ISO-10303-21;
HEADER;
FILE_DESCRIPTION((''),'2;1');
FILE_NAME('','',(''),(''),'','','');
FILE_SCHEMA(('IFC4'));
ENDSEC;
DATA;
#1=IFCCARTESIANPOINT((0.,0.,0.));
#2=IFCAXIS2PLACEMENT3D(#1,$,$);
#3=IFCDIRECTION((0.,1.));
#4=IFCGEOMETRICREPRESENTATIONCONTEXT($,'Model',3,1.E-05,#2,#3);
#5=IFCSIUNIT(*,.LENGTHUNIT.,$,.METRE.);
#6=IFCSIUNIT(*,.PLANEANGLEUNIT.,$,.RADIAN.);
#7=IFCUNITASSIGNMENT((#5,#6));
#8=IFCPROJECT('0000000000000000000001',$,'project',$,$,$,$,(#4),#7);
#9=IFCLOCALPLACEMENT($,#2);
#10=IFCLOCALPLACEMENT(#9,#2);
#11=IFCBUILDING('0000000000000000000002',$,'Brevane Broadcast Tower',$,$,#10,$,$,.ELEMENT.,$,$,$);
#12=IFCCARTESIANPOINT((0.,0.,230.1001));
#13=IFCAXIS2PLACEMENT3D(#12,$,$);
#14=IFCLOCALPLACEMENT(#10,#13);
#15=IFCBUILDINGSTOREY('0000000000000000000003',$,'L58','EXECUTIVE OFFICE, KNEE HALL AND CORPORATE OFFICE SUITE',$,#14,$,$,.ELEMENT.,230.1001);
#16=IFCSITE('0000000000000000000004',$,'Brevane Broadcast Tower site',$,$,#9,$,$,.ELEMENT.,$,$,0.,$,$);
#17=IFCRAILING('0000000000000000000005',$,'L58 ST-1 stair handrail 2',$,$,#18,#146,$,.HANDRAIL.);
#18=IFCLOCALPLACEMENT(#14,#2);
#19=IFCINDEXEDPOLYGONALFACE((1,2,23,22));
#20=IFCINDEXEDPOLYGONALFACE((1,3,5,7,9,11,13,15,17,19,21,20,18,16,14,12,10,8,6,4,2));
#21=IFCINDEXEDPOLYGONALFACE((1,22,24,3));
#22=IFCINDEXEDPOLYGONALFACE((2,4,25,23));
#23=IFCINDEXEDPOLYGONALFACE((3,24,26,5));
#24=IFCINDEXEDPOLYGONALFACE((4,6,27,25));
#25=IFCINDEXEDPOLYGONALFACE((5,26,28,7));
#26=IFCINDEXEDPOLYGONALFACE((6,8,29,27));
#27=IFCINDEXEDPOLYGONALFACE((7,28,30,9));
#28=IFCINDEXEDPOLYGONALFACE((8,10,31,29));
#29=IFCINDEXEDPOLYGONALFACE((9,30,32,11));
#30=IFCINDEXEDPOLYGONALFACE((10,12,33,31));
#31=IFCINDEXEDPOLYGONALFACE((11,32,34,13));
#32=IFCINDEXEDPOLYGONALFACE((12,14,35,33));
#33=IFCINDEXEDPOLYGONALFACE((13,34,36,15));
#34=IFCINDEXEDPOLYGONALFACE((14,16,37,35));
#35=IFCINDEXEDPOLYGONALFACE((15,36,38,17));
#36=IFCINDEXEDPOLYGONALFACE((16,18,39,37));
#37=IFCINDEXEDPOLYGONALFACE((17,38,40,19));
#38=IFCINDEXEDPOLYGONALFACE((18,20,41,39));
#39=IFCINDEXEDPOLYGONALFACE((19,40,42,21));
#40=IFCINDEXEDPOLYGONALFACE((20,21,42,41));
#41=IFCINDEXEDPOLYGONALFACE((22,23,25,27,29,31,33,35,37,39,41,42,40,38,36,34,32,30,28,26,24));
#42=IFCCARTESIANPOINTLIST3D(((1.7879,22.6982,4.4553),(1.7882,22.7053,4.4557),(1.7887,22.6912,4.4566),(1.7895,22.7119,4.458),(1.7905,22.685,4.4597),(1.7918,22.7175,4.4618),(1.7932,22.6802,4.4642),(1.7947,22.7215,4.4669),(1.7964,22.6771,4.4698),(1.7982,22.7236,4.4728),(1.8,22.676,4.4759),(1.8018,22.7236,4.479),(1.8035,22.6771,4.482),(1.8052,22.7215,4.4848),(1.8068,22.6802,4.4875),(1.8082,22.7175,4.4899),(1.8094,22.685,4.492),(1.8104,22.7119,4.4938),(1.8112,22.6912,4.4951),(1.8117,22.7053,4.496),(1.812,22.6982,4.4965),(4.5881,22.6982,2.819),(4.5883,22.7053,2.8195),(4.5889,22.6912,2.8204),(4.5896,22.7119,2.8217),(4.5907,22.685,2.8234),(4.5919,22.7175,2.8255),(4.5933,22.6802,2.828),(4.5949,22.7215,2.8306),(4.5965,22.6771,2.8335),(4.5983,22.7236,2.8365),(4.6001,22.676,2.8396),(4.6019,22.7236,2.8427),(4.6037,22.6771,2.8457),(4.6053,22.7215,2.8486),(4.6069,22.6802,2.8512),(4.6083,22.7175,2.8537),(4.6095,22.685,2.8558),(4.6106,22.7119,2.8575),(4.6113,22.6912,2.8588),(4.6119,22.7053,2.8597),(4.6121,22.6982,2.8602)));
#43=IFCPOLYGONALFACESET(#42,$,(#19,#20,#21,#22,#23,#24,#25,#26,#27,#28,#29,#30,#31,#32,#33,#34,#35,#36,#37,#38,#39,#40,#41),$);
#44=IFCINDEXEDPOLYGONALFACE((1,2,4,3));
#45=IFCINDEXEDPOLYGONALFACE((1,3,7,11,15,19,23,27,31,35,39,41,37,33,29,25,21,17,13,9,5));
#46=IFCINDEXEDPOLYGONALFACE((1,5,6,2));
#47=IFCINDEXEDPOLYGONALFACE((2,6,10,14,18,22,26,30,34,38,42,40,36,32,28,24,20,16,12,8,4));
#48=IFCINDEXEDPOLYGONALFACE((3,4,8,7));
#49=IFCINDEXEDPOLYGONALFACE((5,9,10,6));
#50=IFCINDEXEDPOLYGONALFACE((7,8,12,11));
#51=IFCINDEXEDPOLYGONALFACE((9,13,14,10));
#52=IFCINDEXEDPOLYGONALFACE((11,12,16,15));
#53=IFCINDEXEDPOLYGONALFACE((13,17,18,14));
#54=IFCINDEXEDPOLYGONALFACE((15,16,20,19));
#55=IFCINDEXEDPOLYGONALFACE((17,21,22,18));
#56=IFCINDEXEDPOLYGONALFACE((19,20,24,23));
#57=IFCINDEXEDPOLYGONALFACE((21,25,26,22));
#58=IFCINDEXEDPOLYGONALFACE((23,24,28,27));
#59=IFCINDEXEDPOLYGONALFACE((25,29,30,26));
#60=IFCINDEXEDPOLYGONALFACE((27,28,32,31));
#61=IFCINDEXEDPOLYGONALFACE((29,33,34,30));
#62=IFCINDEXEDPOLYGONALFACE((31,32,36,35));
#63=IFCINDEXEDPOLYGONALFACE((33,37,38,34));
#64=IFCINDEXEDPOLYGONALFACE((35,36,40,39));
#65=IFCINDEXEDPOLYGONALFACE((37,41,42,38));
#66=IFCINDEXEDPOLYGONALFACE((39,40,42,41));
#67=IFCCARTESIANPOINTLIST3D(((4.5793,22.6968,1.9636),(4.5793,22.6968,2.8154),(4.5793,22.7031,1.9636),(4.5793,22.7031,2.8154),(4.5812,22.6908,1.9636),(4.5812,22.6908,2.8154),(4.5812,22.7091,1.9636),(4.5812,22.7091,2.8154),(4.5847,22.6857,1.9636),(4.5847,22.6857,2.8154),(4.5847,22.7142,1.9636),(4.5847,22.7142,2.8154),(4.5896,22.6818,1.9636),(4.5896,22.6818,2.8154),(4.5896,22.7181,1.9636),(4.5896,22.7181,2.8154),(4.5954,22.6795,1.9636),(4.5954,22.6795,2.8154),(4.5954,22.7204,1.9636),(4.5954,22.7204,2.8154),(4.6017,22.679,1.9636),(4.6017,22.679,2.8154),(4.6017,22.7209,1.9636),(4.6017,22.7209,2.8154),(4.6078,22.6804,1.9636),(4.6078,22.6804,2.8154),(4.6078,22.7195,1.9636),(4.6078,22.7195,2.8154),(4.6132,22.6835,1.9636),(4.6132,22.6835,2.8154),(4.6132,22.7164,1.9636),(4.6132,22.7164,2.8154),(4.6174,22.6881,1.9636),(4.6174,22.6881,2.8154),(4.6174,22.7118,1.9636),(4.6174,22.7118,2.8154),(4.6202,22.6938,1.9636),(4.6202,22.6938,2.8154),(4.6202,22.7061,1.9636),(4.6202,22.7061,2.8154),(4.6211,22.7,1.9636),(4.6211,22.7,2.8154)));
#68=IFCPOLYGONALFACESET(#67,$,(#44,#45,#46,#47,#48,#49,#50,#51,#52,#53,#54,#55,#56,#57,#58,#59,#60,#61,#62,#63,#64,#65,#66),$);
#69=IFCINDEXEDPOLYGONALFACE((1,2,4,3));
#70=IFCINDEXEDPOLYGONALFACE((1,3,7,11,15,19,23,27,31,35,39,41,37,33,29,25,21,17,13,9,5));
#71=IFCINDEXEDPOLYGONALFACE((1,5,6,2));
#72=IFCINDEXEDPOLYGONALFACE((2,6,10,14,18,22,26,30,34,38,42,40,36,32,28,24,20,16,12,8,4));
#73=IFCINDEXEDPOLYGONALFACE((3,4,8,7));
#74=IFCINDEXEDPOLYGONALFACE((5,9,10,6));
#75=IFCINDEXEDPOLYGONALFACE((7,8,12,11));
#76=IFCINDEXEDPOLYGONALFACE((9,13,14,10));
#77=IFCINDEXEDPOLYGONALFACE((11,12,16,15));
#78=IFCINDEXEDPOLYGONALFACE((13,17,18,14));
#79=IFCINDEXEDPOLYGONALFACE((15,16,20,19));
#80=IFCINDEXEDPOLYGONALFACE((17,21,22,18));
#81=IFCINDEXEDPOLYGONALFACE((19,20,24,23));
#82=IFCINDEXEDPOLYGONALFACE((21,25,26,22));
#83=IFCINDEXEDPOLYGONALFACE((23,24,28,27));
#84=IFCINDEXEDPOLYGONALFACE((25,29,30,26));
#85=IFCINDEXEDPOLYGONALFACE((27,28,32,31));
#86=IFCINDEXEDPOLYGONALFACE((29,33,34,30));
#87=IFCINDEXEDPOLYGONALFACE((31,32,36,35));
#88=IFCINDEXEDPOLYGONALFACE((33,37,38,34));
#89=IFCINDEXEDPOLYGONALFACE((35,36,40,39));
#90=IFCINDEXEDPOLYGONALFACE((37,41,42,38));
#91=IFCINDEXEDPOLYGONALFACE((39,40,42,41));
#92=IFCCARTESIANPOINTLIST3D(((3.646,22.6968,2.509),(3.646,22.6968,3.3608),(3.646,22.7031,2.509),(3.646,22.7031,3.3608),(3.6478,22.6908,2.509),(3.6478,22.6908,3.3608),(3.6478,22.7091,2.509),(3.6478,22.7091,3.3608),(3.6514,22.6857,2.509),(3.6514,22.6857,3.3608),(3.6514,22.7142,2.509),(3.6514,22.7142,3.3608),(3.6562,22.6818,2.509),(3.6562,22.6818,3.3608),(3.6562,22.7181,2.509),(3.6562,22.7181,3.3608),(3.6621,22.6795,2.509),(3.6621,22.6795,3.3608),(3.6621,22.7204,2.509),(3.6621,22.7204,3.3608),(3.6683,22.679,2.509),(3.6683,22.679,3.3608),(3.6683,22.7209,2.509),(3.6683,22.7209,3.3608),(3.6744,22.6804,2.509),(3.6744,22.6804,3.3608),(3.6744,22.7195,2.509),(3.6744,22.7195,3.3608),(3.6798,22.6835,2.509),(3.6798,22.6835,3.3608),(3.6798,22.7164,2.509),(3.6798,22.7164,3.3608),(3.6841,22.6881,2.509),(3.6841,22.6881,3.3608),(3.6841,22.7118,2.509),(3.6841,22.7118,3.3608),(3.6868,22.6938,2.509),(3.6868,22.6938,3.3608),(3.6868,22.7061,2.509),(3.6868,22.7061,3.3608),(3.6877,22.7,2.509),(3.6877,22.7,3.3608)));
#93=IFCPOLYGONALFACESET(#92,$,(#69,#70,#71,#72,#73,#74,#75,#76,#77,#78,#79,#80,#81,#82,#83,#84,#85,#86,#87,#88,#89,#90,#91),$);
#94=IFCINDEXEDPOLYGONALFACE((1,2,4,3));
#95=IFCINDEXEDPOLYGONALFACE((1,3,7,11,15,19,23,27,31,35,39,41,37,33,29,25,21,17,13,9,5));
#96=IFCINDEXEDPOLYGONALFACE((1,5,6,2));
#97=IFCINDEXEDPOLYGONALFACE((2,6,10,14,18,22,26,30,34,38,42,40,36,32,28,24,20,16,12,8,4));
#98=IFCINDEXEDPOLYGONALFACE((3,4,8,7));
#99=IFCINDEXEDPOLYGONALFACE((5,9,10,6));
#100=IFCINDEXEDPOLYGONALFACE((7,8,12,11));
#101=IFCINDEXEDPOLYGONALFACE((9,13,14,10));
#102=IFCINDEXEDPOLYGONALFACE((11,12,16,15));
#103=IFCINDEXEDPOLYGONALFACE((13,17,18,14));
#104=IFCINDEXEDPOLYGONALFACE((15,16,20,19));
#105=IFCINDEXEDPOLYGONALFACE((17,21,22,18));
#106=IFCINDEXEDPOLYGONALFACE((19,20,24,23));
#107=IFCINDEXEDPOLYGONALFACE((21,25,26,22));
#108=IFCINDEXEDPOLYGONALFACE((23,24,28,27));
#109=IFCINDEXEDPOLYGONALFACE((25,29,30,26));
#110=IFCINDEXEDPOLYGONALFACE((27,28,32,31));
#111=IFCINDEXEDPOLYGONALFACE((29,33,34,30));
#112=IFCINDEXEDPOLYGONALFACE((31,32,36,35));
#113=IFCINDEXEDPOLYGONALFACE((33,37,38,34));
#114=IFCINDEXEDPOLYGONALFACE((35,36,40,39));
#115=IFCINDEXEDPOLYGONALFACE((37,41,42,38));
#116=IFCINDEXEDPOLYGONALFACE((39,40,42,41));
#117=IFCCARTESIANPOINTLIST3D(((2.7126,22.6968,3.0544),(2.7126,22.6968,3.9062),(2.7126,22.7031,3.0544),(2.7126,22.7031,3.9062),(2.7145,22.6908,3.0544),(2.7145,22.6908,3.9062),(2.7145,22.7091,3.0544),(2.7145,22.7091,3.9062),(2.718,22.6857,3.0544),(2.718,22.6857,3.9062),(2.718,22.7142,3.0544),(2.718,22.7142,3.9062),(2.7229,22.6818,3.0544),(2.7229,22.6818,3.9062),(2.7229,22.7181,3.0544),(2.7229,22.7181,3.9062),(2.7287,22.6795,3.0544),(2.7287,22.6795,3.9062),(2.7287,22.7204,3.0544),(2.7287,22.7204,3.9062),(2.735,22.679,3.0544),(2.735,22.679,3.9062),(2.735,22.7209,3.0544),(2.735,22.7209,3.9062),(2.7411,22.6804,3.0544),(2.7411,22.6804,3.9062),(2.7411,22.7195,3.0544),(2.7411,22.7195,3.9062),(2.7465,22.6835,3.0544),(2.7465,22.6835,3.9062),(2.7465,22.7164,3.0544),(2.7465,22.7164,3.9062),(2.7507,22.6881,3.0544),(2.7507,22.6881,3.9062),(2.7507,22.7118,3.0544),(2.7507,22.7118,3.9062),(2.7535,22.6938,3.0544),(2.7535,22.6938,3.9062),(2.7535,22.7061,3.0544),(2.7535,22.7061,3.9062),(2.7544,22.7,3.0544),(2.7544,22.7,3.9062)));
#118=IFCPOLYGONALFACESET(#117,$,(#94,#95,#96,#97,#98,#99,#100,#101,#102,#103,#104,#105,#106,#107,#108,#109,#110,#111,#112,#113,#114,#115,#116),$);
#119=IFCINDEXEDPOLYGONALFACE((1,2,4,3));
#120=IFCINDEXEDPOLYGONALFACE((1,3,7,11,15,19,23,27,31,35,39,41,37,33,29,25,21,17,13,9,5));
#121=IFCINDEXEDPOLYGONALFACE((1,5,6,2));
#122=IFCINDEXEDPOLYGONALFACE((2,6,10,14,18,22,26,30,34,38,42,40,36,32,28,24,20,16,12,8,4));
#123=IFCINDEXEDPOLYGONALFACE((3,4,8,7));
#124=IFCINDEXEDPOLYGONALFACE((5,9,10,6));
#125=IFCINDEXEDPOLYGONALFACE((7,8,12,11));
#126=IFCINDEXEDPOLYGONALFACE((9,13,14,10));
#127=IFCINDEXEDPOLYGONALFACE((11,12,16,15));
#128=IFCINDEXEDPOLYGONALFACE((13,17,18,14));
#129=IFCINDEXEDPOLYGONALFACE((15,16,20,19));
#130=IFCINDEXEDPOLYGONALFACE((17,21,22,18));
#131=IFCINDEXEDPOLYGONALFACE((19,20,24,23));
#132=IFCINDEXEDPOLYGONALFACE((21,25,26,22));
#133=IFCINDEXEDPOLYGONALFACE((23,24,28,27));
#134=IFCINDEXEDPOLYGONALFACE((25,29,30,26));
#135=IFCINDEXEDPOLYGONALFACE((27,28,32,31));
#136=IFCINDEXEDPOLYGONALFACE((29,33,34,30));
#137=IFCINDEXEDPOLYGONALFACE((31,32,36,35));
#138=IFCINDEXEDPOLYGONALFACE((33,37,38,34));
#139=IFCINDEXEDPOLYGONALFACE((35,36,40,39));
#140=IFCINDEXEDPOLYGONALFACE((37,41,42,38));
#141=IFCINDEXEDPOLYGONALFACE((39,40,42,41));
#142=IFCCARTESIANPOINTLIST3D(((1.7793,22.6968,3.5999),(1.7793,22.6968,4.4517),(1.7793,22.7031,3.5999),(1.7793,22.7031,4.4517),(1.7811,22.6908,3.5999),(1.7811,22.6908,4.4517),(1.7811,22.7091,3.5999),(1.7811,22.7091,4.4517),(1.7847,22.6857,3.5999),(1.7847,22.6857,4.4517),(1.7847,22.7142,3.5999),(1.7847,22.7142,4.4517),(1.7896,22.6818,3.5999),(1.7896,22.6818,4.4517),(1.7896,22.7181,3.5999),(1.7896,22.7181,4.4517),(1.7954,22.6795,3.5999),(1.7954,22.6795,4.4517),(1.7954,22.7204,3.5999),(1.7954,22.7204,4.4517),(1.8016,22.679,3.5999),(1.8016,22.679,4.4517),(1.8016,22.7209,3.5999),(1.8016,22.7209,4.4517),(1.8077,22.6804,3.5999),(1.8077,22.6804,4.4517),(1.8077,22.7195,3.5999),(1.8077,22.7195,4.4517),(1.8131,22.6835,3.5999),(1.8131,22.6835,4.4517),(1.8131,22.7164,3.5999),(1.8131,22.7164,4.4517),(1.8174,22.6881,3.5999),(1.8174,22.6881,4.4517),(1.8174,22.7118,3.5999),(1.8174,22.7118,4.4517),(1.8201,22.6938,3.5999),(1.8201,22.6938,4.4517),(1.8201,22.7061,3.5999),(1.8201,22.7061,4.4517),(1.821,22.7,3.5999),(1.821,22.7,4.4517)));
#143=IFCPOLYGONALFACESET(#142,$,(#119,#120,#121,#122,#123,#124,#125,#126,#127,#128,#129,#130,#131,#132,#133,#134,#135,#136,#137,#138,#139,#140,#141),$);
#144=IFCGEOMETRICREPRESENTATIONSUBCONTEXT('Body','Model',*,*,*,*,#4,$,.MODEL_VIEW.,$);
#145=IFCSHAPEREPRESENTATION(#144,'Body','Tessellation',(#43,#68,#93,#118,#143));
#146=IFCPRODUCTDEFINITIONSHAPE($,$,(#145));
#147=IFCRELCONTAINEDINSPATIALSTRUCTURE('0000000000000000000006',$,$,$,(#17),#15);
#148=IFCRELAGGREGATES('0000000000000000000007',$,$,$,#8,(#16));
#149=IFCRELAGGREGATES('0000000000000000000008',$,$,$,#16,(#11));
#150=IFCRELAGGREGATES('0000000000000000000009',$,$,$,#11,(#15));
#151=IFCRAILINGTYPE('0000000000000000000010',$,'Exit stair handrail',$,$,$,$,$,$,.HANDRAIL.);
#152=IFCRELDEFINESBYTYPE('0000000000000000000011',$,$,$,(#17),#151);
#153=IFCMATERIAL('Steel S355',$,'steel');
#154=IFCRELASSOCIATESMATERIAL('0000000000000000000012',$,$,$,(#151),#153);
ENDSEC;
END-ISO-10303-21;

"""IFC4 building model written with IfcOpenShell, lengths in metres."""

from ifc_helpers import new_model, si_unit, direction, frame, origin, origin_2d, place, context, subcontext, project, spatial, circle, extrude, material, type_object, element, save


model = new_model("IFC4")

# Units and contexts
model_context = context("Model", 3, precision=1e-05, world=origin(), true_north=direction((0.0, 1.0)))
body_context = subcontext(model_context, "Body", "Model", "MODEL_VIEW")
ifc_project = project(units=[si_unit("LENGTHUNIT", "METRE"), si_unit("PLANEANGLEUNIT", "RADIAN")], contexts=[model_context])

# Site, building, storey
site_placement = place(None, origin())
site = spatial("IfcSite", under=ifc_project, at=site_placement, Name="Brevane Broadcast Tower site", CompositionType="ELEMENT", RefElevation=0.0)
building_placement = place(site_placement, origin())
building = spatial("IfcBuilding", under=site, at=building_placement, Name="Brevane Broadcast Tower", CompositionType="ELEMENT")
storey_placement = place(building_placement, frame((0.0, 0.0, 230.1001)))
storey = spatial("IfcBuildingStorey", under=building, at=storey_placement, Name="L58", Description="EXECUTIVE OFFICE, KNEE HALL AND CORPORATE OFFICE SUITE", CompositionType="ELEMENT", Elevation=230.1001)

# Railing
ifc_material_1 = material(Name="Steel S355", Category="steel")
railing_type_1 = type_object("IfcRailingType", Name="Exit stair handrail", PredefinedType="HANDRAIL", material=ifc_material_1)
railing_1_placement = place(storey_placement, frame((4.6001, 22.7, 1.9636)))
element("IfcRailing", 1, at=railing_1_placement, inside=storey, type_object=railing_type_1, Name="L58 ST-1 stair handrail 2", PredefinedType="HANDRAIL", context=body_context, shape_type="SweptSolid", body=[
    extrude(circle(Radius=0.0239, at=origin_2d()), frame((0.0, 0.0, 0.876), z_axis=(-0.863394, 0.0, 0.504531), x_axis=(0.0, -1.0, 0.0)), (0.0, 0.0, 1.0), 3.2432),
    extrude(circle(Radius=0.021, at=origin_2d()), origin(), (0.0, 0.0, 1.0), 0.8518),
    extrude(circle(Radius=0.021, at=origin_2d()), frame((-0.9333, 0.0, 0.5454)), (0.0, 0.0, 1.0), 0.8518),
    extrude(circle(Radius=0.021, at=origin_2d()), frame((-1.8667, 0.0, 1.0908)), (0.0, 0.0, 1.0), 0.8518),
    extrude(circle(Radius=0.021, at=origin_2d()), frame((-2.8, 0.0, 1.6362)), (0.0, 0.0, 1.0), 0.8518),
])

save(model, "model.ifc")
